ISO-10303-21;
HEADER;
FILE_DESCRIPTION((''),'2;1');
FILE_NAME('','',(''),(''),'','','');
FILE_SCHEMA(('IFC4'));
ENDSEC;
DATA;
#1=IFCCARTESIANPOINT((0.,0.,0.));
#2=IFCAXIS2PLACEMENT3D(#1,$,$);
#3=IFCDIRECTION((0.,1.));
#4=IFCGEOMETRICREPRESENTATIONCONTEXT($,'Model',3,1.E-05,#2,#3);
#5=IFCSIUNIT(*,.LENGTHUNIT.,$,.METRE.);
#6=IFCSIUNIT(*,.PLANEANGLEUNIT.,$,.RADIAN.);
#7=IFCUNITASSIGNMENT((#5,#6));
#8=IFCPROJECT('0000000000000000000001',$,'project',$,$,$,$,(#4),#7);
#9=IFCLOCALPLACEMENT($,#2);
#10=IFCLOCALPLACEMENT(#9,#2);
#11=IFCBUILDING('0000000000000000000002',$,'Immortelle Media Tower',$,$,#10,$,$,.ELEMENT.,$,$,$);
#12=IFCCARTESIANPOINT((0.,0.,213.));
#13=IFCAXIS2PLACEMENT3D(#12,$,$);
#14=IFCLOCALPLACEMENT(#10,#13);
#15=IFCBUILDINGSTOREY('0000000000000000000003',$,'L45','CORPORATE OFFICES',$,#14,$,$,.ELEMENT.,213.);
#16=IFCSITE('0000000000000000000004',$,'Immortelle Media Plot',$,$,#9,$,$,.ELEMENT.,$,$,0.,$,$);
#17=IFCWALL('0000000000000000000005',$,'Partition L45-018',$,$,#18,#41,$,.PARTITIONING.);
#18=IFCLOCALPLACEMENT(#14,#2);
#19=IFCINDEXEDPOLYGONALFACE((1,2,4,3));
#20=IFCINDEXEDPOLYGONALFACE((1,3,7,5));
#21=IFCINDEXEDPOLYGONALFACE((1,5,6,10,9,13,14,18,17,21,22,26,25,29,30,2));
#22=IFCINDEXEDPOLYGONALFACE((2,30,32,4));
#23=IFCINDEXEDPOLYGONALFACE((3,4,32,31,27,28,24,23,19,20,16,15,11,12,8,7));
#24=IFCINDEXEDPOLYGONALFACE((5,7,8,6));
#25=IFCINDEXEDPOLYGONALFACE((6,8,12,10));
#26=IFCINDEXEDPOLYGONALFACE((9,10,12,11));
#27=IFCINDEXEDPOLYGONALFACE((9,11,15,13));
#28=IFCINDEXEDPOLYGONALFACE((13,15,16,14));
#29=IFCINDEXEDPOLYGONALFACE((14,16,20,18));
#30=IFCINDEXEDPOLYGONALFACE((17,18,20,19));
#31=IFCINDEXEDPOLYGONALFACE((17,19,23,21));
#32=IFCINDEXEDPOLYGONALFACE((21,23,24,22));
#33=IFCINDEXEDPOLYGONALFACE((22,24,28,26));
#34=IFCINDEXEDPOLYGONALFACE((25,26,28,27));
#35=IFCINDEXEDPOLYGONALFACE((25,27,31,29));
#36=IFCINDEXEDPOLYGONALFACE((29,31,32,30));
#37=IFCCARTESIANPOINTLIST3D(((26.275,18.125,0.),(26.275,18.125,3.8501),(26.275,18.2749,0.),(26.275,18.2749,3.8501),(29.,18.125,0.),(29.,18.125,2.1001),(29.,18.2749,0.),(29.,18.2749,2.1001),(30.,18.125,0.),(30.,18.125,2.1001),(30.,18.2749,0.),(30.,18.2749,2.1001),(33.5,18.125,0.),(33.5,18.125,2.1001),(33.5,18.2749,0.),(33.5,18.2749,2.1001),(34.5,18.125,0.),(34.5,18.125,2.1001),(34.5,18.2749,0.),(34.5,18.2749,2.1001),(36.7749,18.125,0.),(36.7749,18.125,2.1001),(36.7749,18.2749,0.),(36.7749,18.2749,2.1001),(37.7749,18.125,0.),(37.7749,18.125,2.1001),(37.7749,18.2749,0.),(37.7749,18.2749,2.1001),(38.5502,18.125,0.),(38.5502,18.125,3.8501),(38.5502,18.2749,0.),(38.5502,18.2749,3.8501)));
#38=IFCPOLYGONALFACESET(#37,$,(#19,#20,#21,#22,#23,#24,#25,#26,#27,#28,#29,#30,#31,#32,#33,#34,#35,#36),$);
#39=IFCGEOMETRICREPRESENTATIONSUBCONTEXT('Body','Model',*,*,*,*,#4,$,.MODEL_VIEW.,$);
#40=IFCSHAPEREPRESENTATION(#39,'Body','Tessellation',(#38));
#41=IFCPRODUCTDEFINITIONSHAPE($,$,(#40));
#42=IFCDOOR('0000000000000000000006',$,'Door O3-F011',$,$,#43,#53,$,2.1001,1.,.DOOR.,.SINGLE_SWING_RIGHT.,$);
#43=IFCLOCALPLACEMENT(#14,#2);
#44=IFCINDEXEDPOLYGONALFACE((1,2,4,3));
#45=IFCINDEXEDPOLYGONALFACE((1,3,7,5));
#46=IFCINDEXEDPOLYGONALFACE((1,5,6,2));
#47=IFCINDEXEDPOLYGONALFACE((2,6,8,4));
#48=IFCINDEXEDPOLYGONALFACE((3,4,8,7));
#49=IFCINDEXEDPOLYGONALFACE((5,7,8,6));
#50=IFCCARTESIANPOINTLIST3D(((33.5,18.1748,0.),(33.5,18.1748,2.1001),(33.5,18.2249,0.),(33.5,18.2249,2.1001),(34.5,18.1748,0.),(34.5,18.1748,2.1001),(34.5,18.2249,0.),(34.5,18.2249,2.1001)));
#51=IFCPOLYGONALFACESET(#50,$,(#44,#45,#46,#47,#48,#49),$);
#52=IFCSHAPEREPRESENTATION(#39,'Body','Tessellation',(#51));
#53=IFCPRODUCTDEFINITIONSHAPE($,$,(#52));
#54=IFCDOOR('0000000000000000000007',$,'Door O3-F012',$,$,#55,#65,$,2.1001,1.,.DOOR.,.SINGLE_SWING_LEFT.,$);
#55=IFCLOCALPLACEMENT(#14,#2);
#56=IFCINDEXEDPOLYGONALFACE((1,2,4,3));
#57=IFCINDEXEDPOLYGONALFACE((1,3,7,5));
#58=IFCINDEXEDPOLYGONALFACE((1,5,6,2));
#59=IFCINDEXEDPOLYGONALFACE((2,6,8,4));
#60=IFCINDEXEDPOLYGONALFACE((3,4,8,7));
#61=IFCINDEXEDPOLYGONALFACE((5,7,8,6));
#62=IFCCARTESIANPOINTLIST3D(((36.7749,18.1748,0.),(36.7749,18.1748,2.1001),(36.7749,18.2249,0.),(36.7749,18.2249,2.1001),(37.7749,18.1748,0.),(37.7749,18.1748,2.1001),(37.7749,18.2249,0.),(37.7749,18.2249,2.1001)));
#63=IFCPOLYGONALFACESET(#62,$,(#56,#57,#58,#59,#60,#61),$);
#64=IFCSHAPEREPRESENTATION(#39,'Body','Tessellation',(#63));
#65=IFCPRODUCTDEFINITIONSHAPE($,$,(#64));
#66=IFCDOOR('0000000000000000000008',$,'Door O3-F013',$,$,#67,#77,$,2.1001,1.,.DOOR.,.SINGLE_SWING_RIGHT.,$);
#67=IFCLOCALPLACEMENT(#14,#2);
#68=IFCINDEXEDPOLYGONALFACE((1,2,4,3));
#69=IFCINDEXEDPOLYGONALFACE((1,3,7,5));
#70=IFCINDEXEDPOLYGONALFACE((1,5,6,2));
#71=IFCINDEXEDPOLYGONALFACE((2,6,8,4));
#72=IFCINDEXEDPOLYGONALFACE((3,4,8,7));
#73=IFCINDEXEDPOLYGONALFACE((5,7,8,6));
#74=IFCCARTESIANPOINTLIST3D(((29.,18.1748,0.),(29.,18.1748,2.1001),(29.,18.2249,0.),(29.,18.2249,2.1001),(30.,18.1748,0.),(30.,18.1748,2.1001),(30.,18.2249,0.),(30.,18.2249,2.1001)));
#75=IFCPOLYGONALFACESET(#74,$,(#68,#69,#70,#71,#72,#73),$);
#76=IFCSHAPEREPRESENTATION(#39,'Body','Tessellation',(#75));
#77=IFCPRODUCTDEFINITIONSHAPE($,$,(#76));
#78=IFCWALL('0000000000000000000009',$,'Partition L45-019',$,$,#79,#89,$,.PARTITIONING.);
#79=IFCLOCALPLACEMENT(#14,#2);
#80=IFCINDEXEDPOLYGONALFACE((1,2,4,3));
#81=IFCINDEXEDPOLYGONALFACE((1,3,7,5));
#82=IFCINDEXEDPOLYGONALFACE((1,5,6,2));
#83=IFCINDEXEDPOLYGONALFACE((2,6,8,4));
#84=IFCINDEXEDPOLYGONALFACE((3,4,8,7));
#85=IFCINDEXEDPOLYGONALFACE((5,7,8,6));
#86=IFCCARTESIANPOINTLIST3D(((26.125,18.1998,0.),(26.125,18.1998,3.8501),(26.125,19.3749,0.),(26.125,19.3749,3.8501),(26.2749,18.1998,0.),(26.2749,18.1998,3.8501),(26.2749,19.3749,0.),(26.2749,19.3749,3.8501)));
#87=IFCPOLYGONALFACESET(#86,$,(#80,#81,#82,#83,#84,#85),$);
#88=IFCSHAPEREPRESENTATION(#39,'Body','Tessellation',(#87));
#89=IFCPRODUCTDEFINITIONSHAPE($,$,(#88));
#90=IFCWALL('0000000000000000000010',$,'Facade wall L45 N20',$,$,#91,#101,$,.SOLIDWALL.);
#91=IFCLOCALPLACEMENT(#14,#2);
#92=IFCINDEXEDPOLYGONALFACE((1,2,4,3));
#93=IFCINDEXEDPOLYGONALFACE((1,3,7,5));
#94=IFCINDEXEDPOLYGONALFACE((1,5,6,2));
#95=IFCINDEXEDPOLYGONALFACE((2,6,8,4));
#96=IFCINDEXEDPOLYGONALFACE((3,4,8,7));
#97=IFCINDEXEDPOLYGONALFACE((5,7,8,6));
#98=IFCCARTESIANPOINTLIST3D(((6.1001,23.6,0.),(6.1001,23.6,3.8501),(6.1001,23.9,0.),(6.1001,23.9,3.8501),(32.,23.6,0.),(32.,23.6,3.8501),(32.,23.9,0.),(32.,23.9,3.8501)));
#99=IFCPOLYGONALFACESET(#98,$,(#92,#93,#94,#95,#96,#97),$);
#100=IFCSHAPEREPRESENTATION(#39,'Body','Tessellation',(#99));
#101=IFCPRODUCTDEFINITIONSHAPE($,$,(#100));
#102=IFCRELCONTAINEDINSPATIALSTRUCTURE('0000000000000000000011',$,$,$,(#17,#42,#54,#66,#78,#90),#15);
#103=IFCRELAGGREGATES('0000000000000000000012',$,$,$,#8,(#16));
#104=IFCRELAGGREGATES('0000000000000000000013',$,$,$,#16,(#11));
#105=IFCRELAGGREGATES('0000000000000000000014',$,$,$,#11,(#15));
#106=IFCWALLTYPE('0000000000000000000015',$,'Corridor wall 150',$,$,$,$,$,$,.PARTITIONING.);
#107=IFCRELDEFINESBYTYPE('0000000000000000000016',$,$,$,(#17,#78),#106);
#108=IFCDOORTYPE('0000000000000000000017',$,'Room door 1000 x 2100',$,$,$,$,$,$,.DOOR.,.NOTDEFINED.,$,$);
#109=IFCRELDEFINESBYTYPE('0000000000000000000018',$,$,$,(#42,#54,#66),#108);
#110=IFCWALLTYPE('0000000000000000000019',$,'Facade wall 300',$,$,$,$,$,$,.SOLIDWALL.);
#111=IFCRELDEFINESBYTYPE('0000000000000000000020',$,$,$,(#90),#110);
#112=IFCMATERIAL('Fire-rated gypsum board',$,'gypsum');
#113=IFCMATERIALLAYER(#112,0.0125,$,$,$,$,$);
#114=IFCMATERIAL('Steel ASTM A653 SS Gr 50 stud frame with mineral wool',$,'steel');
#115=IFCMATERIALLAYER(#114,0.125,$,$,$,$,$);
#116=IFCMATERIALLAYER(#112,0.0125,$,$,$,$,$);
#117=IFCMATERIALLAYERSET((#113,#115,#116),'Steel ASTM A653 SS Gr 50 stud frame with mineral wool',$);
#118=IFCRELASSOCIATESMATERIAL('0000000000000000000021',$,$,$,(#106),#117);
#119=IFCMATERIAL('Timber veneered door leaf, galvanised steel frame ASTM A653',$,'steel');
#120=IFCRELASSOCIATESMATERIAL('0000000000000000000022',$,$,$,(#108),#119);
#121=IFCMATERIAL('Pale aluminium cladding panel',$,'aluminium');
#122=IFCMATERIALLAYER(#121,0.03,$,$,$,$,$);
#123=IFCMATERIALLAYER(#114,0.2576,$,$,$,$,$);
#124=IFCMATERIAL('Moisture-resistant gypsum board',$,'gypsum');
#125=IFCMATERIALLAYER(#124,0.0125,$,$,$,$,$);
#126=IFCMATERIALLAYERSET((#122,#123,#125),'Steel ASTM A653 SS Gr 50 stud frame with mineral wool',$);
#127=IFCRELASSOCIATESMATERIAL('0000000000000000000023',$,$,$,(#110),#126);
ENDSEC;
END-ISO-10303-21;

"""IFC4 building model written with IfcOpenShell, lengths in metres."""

from ifc_helpers import new_model, si_unit, direction, frame, frame_2d, origin, place, context, subcontext, project, spatial, rectangle, extrude, material, layer, layer_set, type_object, element, fill, save


model = new_model("IFC4")

# Units and contexts
model_context = context("Model", 3, precision=1e-05, world=origin(), true_north=direction((0.0, 1.0)))
body_context = subcontext(model_context, "Body", "Model", "MODEL_VIEW")
ifc_project = project(units=[si_unit("LENGTHUNIT", "METRE"), si_unit("PLANEANGLEUNIT", "RADIAN")], contexts=[model_context])

# Site, building, storey
site_placement = place(None, origin())
site = spatial("IfcSite", under=ifc_project, at=site_placement, Name="Immortelle Media Plot", CompositionType="ELEMENT", RefElevation=0.0)
building_placement = place(site_placement, origin())
building = spatial("IfcBuilding", under=site, at=building_placement, Name="Immortelle Media Tower", CompositionType="ELEMENT")
storey_placement = place(building_placement, frame((0.0, 0.0, 213.0)))
storey = spatial("IfcBuildingStorey", under=building, at=storey_placement, Name="L45", Description="CORPORATE OFFICES", CompositionType="ELEMENT", Elevation=213.0)

# Shared definitions
ifc_material_1 = material(Name="Fire-rated gypsum board", Category="gypsum")
ifc_material_2 = material(Name="Steel ASTM A653 SS Gr 50 stud frame with mineral wool", Category="steel")

# Wall, openings, doors
ifc_layer_1 = layer(ifc_material_1, 0.0125)
ifc_layer_2 = layer(ifc_material_2, 0.125)
ifc_layer_3 = layer(ifc_material_1, 0.0125)
ifc_layer_set_1 = layer_set([ifc_layer_1, ifc_layer_2, ifc_layer_3], Name="Steel ASTM A653 SS Gr 50 stud frame with mineral wool")
wall_type_1 = type_object("IfcWallType", Name="Corridor wall 150", PredefinedType="PARTITIONING", material=ifc_layer_set_1)
wall_1_placement = place(storey_placement, frame((26.2749, 18.2, 0.0), z_axis=(0.0, 0.0, 1.0), x_axis=(1.0, 0.0, 0.0)))
wall_1 = element("IfcWall", 1, at=wall_1_placement, inside=storey, type_object=wall_type_1, Name="Partition L45-018", PredefinedType="PARTITIONING", context=body_context, shape_type="SweptSolid", body=[
    extrude(rectangle(XDim=12.2751, YDim=0.1499, at=frame_2d((6.1377, 0.0))), origin(), (0.0, 0.0, 1.0), 3.8501),
])
opening_1_placement = place(wall_1_placement, frame((7.2251, 0.0, 0.0)))
opening_1 = element("IfcOpeningElement", 2, at=opening_1_placement, cuts=wall_1, PredefinedType="OPENING", context=body_context, shape_type="SweptSolid", body=[
    extrude(rectangle(XDim=1.0, YDim=2.1001, at=frame_2d((0.5, 1.05))), frame((0.0, 0.085, 0.0), z_axis=(0.0, -1.0, 0.0), x_axis=(1.0, 0.0, 0.0)), (0.0, 0.0, 1.0), 0.1699),
])
opening_2_placement = place(wall_1_placement, frame((10.5, 0.0, 0.0)))
opening_2 = element("IfcOpeningElement", 3, at=opening_2_placement, cuts=wall_1, PredefinedType="OPENING", context=body_context, shape_type="SweptSolid", body=[
    extrude(rectangle(XDim=1.0, YDim=2.1001, at=frame_2d((0.5, 1.05))), frame((0.0, 0.085, 0.0), z_axis=(0.0, -1.0, 0.0), x_axis=(1.0, 0.0, 0.0)), (0.0, 0.0, 1.0), 0.1699),
])
opening_3_placement = place(wall_1_placement, frame((2.7251, 0.0, 0.0)))
opening_3 = element("IfcOpeningElement", 4, at=opening_3_placement, cuts=wall_1, PredefinedType="OPENING", context=body_context, shape_type="SweptSolid", body=[
    extrude(rectangle(XDim=1.0, YDim=2.1001, at=frame_2d((0.5, 1.05))), frame((0.0, 0.085, 0.0), z_axis=(0.0, -1.0, 0.0), x_axis=(1.0, 0.0, 0.0)), (0.0, 0.0, 1.0), 0.1699),
])
ifc_material_3 = material(Name="Timber veneered door leaf, galvanised steel frame ASTM A653", Category="steel")
door_type_1 = type_object("IfcDoorType", Name="Room door 1000 x 2100", OperationType="NOTDEFINED", PredefinedType="DOOR", material=ifc_material_3)
door_1_placement = place(opening_1_placement, origin())
door_1 = element("IfcDoor", 5, at=door_1_placement, inside=storey, type_object=door_type_1, Name="Door O3-F011", OperationType="SINGLE_SWING_RIGHT", OverallHeight=2.1001, OverallWidth=1.0, PredefinedType="DOOR", context=body_context, shape_type="SweptSolid", body=[
    extrude(rectangle(XDim=1.0, YDim=2.1001, at=frame_2d((0.5, 1.05))), frame((0.0, 0.0249, 0.0), z_axis=(0.0, -1.0, 0.0), x_axis=(1.0, 0.0, 0.0)), (0.0, 0.0, 1.0), 0.05),
])
fill(opening_1, door_1)
door_2_placement = place(opening_2_placement, origin())
door_2 = element("IfcDoor", 6, at=door_2_placement, inside=storey, type_object=door_type_1, Name="Door O3-F012", OperationType="SINGLE_SWING_LEFT", OverallHeight=2.1001, OverallWidth=1.0, PredefinedType="DOOR", context=body_context, shape_type="SweptSolid", body=[
    extrude(rectangle(XDim=1.0, YDim=2.1001, at=frame_2d((0.5, 1.05))), frame((0.0, 0.0249, 0.0), z_axis=(0.0, -1.0, 0.0), x_axis=(1.0, 0.0, 0.0)), (0.0, 0.0, 1.0), 0.05),
])
fill(opening_2, door_2)
door_3_placement = place(opening_3_placement, origin())
door_3 = element("IfcDoor", 7, at=door_3_placement, inside=storey, type_object=door_type_1, Name="Door O3-F013", OperationType="SINGLE_SWING_RIGHT", OverallHeight=2.1001, OverallWidth=1.0, PredefinedType="DOOR", context=body_context, shape_type="SweptSolid", body=[
    extrude(rectangle(XDim=1.0, YDim=2.1001, at=frame_2d((0.5, 1.05))), frame((0.0, 0.0249, 0.0), z_axis=(0.0, -1.0, 0.0), x_axis=(1.0, 0.0, 0.0)), (0.0, 0.0, 1.0), 0.05),
])
fill(opening_3, door_3)

# Walls
wall_2_placement = place(storey_placement, frame((26.2, 18.2, 0.0), z_axis=(0.0, 0.0, 1.0), x_axis=(0.0, 1.0, 0.0)))
element("IfcWall", 8, at=wall_2_placement, inside=storey, type_object=wall_type_1, Name="Partition L45-019", PredefinedType="PARTITIONING", context=body_context, shape_type="SweptSolid", body=[
    extrude(rectangle(XDim=1.175, YDim=0.1499, at=frame_2d((0.5874, 0.0))), origin(), (0.0, 0.0, 1.0), 3.8501),
])
ifc_material_4 = material(Name="Pale aluminium cladding panel", Category="aluminium")
ifc_layer_4 = layer(ifc_material_4, 0.03)
ifc_layer_5 = layer(ifc_material_2, 0.2576)
ifc_material_5 = material(Name="Moisture-resistant gypsum board", Category="gypsum")
ifc_layer_6 = layer(ifc_material_5, 0.0125)
ifc_layer_set_2 = layer_set([ifc_layer_4, ifc_layer_5, ifc_layer_6], Name="Steel ASTM A653 SS Gr 50 stud frame with mineral wool")
wall_type_2 = type_object("IfcWallType", Name="Facade wall 300", PredefinedType="SOLIDWALL", material=ifc_layer_set_2)
wall_3_placement = place(storey_placement, frame((32.0, 23.75, 0.0), z_axis=(0.0, 0.0, 1.0), x_axis=(-1.0, 0.0, 0.0)))
element("IfcWall", 9, at=wall_3_placement, inside=storey, type_object=wall_type_2, Name="Facade wall L45 N20", PredefinedType="SOLIDWALL", context=body_context, shape_type="SweptSolid", body=[
    extrude(rectangle(XDim=25.8999, YDim=0.3, at=frame_2d((12.95, 0.0))), origin(), (0.0, 0.0, 1.0), 3.8501),
])

save(model, "model.ifc")
